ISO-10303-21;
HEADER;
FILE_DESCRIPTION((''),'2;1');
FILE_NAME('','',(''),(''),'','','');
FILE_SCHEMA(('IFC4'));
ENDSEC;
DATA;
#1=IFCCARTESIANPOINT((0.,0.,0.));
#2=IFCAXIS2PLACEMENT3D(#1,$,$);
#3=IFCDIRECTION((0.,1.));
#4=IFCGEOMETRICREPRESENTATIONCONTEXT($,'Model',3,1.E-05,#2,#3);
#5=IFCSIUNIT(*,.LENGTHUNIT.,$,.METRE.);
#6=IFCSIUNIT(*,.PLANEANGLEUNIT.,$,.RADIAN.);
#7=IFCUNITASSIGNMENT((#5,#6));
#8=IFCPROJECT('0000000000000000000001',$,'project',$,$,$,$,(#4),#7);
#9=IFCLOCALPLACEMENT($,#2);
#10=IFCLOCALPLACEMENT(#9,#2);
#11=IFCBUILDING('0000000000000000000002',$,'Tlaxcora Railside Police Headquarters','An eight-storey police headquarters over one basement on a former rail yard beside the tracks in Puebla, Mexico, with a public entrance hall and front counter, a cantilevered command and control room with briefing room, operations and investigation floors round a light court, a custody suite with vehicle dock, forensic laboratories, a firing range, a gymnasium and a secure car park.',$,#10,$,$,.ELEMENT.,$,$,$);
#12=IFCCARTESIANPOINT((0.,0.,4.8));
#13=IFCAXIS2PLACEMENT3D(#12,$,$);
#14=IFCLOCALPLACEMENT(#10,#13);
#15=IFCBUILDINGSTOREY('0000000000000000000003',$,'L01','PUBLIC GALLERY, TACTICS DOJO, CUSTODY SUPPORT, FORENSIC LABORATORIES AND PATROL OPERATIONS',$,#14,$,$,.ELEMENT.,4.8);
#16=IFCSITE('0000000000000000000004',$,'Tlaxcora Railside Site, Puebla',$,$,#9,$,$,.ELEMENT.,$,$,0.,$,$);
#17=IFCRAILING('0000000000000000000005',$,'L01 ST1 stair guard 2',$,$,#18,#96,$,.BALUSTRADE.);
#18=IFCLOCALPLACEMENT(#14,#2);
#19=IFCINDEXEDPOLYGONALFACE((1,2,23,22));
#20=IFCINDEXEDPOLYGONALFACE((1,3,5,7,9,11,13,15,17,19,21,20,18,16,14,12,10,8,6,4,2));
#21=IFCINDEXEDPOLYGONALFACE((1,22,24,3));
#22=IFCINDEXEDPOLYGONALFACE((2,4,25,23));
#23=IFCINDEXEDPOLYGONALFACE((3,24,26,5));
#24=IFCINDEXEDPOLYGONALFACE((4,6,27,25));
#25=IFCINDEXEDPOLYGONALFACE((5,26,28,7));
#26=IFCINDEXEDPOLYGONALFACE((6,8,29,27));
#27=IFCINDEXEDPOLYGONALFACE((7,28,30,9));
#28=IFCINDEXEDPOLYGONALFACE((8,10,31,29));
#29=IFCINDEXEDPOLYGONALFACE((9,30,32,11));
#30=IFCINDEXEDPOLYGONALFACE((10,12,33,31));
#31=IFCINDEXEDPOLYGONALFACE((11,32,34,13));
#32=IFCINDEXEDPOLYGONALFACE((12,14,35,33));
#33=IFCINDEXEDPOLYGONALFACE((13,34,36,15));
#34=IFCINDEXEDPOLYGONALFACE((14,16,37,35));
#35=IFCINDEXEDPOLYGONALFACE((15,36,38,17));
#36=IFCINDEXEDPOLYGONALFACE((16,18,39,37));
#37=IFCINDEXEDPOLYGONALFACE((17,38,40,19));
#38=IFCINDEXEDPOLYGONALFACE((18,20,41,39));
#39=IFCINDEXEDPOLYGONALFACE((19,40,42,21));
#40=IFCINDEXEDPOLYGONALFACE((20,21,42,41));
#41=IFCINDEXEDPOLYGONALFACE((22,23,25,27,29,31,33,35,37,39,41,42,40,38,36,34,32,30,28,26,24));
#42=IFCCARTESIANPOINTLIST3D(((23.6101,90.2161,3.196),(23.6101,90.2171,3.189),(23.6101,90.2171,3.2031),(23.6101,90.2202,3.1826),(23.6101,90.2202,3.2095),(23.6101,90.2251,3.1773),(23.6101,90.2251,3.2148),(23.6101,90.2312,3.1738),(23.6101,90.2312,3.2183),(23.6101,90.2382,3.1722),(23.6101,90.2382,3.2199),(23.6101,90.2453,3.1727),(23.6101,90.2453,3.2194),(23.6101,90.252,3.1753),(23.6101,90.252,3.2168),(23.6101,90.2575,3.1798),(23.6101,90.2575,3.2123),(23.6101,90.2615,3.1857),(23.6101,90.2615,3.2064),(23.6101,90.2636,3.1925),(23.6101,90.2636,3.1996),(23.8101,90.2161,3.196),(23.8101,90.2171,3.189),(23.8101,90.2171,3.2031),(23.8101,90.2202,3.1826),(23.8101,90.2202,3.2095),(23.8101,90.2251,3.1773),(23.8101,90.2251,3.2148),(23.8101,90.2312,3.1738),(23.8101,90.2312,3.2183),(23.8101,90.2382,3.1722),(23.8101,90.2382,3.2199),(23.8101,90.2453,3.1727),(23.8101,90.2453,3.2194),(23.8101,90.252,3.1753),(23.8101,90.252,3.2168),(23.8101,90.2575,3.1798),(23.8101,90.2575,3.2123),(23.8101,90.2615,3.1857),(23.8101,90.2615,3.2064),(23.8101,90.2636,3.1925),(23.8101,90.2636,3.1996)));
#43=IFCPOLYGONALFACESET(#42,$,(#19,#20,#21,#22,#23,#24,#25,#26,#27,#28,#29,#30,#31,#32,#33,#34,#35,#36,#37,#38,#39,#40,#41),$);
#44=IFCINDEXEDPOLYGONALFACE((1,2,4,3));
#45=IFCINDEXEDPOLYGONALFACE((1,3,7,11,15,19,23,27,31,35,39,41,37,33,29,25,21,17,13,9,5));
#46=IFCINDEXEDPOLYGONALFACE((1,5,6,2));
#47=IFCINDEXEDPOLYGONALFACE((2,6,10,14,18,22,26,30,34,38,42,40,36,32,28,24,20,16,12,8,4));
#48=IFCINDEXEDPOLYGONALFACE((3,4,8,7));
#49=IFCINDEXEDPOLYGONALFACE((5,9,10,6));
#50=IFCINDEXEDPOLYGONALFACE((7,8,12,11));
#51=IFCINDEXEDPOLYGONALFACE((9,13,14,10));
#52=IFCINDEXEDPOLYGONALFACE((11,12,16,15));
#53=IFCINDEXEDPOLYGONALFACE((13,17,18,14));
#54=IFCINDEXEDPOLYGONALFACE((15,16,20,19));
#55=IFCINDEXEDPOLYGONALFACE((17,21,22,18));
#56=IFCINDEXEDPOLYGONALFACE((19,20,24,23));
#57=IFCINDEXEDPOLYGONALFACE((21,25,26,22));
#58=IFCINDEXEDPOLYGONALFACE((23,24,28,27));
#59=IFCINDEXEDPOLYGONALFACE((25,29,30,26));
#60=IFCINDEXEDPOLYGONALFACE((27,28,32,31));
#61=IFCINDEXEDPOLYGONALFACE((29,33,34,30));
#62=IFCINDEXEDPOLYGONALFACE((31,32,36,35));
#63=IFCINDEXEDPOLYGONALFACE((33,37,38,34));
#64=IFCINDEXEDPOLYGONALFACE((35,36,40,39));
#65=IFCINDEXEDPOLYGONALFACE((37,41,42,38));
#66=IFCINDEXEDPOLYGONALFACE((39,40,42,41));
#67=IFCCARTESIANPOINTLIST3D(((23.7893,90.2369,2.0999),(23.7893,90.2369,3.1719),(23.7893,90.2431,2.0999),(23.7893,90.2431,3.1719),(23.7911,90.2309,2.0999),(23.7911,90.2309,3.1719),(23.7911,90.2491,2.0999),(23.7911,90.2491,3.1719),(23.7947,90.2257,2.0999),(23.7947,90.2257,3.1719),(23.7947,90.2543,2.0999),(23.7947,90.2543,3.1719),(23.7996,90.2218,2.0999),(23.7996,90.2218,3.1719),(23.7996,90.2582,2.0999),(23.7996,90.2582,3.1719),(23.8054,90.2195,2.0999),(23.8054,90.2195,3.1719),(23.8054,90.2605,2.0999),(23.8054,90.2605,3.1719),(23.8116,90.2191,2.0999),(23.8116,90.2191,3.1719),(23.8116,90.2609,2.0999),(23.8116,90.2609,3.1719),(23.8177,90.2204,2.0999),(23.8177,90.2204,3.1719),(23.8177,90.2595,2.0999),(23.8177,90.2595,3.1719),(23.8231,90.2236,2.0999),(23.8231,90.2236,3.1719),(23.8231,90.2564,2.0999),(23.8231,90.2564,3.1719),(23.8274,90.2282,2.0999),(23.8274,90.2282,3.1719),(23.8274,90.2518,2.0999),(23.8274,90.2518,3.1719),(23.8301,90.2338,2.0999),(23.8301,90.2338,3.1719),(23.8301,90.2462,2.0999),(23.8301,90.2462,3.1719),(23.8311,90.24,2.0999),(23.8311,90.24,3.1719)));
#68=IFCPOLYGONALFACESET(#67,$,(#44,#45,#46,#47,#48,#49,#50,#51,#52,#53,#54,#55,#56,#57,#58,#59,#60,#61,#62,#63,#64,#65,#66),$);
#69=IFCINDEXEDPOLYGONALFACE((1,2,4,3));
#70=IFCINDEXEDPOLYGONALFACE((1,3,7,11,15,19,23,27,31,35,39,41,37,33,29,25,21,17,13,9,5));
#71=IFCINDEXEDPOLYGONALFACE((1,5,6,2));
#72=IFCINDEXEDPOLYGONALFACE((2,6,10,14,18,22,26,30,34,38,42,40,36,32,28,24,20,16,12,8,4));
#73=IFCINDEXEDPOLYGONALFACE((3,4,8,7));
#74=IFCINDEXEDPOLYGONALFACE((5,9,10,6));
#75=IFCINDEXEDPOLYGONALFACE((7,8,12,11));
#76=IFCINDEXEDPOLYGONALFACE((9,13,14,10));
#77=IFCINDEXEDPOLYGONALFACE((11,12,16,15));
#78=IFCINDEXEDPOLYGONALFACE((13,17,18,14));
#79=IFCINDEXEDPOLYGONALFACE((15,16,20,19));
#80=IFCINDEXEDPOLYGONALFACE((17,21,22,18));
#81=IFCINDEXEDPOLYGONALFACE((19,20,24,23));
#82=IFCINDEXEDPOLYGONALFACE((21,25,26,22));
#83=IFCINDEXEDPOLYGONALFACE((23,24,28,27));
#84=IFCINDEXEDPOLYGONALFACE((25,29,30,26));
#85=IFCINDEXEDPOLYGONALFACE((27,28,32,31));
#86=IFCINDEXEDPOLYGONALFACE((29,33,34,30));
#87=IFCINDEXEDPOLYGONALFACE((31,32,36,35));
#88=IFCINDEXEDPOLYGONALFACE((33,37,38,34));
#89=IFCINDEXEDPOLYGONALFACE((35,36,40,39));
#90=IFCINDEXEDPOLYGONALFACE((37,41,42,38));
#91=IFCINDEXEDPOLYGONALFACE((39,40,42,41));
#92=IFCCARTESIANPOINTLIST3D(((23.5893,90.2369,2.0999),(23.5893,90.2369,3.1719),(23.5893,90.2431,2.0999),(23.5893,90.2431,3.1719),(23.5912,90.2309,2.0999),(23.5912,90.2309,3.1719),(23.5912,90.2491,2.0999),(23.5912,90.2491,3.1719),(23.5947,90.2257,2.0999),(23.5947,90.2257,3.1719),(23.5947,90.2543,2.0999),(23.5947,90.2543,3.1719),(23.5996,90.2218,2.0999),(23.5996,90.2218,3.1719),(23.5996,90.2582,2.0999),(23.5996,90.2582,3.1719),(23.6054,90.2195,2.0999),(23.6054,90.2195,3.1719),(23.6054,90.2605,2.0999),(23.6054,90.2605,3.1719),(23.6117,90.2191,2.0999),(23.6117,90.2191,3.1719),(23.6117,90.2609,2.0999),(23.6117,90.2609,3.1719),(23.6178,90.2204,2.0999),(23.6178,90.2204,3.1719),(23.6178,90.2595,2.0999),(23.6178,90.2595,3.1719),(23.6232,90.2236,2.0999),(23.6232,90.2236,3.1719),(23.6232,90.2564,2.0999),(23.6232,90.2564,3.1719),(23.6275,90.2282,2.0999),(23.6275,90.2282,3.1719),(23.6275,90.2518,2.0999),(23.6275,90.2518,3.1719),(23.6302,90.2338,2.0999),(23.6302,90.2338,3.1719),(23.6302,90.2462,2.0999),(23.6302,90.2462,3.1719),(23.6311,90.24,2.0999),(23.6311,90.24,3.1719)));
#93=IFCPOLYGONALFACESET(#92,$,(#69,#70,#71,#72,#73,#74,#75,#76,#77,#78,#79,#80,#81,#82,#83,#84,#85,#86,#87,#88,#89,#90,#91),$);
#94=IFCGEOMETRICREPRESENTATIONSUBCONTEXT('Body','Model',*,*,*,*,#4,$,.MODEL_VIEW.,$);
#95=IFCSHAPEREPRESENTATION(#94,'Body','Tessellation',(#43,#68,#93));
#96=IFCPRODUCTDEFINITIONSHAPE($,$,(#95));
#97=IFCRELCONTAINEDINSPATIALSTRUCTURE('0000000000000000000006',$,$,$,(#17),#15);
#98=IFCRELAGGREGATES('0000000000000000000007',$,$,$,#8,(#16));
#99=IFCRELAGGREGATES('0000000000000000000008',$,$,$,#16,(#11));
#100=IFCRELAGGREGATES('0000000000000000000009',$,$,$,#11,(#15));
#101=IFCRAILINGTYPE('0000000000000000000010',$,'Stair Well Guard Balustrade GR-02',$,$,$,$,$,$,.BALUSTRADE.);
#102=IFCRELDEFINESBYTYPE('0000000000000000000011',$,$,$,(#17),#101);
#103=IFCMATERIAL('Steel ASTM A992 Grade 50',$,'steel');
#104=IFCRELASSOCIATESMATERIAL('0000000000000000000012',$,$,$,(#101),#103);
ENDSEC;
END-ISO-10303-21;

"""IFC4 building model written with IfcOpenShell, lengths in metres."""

from ifc_helpers import new_model, si_unit, direction, frame, origin, origin_2d, place, context, subcontext, project, spatial, circle, extrude, material, type_object, element, save


model = new_model("IFC4")

# Units and contexts
model_context = context("Model", 3, precision=1e-05, world=origin(), true_north=direction((0.0, 1.0)))
body_context = subcontext(model_context, "Body", "Model", "MODEL_VIEW")
ifc_project = project(units=[si_unit("LENGTHUNIT", "METRE"), si_unit("PLANEANGLEUNIT", "RADIAN")], contexts=[model_context])

# Site, building, storey
site_placement = place(None, origin())
site = spatial("IfcSite", under=ifc_project, at=site_placement, Name="Tlaxcora Railside Site, Puebla", CompositionType="ELEMENT", RefElevation=0.0)
building_placement = place(site_placement, origin())
building = spatial("IfcBuilding", under=site, at=building_placement, Name="Tlaxcora Railside Police Headquarters", Description="An eight-storey police headquarters over one basement on a former rail yard beside the tracks in Puebla, Mexico, with a public entrance hall and front counter, a cantilevered command and control room with briefing room, operations and investigation floors round a light court, a custody suite with vehicle dock, forensic laboratories, a firing range, a gymnasium and a secure car park.", CompositionType="ELEMENT")
storey_placement = place(building_placement, frame((0.0, 0.0, 4.8)))
storey = spatial("IfcBuildingStorey", under=building, at=storey_placement, Name="L01", Description="PUBLIC GALLERY, TACTICS DOJO, CUSTODY SUPPORT, FORENSIC LABORATORIES AND PATROL OPERATIONS", CompositionType="ELEMENT", Elevation=4.8)

# Shared definitions
ifc_material_1 = material(Name="Steel ASTM A992 Grade 50", Category="steel")

# Railing
railing_type_1 = type_object("IfcRailingType", Name="Stair Well Guard Balustrade GR-02", PredefinedType="BALUSTRADE", material=ifc_material_1)
railing_1_placement = place(storey_placement, frame((23.8101, 90.24, 2.0999)))
element("IfcRailing", 1, at=railing_1_placement, inside=storey, type_object=railing_type_1, Name="L01 ST1 stair guard 2", PredefinedType="BALUSTRADE", context=body_context, shape_type="SweptSolid", body=[
    extrude(circle(Radius=0.0239, at=origin_2d()), frame((0.0, 0.0, 1.0962), z_axis=(-1.0, 0.0, 0.0), x_axis=(0.0, -1.0, 0.0)), (0.0, 0.0, 1.0), 0.2),
    extrude(circle(Radius=0.021, at=origin_2d()), origin(), (0.0, 0.0, 1.0), 1.072),
    extrude(circle(Radius=0.021, at=origin_2d()), frame((-0.2, 0.0, 0.0)), (0.0, 0.0, 1.0), 1.072),
])

save(model, "model.ifc")
